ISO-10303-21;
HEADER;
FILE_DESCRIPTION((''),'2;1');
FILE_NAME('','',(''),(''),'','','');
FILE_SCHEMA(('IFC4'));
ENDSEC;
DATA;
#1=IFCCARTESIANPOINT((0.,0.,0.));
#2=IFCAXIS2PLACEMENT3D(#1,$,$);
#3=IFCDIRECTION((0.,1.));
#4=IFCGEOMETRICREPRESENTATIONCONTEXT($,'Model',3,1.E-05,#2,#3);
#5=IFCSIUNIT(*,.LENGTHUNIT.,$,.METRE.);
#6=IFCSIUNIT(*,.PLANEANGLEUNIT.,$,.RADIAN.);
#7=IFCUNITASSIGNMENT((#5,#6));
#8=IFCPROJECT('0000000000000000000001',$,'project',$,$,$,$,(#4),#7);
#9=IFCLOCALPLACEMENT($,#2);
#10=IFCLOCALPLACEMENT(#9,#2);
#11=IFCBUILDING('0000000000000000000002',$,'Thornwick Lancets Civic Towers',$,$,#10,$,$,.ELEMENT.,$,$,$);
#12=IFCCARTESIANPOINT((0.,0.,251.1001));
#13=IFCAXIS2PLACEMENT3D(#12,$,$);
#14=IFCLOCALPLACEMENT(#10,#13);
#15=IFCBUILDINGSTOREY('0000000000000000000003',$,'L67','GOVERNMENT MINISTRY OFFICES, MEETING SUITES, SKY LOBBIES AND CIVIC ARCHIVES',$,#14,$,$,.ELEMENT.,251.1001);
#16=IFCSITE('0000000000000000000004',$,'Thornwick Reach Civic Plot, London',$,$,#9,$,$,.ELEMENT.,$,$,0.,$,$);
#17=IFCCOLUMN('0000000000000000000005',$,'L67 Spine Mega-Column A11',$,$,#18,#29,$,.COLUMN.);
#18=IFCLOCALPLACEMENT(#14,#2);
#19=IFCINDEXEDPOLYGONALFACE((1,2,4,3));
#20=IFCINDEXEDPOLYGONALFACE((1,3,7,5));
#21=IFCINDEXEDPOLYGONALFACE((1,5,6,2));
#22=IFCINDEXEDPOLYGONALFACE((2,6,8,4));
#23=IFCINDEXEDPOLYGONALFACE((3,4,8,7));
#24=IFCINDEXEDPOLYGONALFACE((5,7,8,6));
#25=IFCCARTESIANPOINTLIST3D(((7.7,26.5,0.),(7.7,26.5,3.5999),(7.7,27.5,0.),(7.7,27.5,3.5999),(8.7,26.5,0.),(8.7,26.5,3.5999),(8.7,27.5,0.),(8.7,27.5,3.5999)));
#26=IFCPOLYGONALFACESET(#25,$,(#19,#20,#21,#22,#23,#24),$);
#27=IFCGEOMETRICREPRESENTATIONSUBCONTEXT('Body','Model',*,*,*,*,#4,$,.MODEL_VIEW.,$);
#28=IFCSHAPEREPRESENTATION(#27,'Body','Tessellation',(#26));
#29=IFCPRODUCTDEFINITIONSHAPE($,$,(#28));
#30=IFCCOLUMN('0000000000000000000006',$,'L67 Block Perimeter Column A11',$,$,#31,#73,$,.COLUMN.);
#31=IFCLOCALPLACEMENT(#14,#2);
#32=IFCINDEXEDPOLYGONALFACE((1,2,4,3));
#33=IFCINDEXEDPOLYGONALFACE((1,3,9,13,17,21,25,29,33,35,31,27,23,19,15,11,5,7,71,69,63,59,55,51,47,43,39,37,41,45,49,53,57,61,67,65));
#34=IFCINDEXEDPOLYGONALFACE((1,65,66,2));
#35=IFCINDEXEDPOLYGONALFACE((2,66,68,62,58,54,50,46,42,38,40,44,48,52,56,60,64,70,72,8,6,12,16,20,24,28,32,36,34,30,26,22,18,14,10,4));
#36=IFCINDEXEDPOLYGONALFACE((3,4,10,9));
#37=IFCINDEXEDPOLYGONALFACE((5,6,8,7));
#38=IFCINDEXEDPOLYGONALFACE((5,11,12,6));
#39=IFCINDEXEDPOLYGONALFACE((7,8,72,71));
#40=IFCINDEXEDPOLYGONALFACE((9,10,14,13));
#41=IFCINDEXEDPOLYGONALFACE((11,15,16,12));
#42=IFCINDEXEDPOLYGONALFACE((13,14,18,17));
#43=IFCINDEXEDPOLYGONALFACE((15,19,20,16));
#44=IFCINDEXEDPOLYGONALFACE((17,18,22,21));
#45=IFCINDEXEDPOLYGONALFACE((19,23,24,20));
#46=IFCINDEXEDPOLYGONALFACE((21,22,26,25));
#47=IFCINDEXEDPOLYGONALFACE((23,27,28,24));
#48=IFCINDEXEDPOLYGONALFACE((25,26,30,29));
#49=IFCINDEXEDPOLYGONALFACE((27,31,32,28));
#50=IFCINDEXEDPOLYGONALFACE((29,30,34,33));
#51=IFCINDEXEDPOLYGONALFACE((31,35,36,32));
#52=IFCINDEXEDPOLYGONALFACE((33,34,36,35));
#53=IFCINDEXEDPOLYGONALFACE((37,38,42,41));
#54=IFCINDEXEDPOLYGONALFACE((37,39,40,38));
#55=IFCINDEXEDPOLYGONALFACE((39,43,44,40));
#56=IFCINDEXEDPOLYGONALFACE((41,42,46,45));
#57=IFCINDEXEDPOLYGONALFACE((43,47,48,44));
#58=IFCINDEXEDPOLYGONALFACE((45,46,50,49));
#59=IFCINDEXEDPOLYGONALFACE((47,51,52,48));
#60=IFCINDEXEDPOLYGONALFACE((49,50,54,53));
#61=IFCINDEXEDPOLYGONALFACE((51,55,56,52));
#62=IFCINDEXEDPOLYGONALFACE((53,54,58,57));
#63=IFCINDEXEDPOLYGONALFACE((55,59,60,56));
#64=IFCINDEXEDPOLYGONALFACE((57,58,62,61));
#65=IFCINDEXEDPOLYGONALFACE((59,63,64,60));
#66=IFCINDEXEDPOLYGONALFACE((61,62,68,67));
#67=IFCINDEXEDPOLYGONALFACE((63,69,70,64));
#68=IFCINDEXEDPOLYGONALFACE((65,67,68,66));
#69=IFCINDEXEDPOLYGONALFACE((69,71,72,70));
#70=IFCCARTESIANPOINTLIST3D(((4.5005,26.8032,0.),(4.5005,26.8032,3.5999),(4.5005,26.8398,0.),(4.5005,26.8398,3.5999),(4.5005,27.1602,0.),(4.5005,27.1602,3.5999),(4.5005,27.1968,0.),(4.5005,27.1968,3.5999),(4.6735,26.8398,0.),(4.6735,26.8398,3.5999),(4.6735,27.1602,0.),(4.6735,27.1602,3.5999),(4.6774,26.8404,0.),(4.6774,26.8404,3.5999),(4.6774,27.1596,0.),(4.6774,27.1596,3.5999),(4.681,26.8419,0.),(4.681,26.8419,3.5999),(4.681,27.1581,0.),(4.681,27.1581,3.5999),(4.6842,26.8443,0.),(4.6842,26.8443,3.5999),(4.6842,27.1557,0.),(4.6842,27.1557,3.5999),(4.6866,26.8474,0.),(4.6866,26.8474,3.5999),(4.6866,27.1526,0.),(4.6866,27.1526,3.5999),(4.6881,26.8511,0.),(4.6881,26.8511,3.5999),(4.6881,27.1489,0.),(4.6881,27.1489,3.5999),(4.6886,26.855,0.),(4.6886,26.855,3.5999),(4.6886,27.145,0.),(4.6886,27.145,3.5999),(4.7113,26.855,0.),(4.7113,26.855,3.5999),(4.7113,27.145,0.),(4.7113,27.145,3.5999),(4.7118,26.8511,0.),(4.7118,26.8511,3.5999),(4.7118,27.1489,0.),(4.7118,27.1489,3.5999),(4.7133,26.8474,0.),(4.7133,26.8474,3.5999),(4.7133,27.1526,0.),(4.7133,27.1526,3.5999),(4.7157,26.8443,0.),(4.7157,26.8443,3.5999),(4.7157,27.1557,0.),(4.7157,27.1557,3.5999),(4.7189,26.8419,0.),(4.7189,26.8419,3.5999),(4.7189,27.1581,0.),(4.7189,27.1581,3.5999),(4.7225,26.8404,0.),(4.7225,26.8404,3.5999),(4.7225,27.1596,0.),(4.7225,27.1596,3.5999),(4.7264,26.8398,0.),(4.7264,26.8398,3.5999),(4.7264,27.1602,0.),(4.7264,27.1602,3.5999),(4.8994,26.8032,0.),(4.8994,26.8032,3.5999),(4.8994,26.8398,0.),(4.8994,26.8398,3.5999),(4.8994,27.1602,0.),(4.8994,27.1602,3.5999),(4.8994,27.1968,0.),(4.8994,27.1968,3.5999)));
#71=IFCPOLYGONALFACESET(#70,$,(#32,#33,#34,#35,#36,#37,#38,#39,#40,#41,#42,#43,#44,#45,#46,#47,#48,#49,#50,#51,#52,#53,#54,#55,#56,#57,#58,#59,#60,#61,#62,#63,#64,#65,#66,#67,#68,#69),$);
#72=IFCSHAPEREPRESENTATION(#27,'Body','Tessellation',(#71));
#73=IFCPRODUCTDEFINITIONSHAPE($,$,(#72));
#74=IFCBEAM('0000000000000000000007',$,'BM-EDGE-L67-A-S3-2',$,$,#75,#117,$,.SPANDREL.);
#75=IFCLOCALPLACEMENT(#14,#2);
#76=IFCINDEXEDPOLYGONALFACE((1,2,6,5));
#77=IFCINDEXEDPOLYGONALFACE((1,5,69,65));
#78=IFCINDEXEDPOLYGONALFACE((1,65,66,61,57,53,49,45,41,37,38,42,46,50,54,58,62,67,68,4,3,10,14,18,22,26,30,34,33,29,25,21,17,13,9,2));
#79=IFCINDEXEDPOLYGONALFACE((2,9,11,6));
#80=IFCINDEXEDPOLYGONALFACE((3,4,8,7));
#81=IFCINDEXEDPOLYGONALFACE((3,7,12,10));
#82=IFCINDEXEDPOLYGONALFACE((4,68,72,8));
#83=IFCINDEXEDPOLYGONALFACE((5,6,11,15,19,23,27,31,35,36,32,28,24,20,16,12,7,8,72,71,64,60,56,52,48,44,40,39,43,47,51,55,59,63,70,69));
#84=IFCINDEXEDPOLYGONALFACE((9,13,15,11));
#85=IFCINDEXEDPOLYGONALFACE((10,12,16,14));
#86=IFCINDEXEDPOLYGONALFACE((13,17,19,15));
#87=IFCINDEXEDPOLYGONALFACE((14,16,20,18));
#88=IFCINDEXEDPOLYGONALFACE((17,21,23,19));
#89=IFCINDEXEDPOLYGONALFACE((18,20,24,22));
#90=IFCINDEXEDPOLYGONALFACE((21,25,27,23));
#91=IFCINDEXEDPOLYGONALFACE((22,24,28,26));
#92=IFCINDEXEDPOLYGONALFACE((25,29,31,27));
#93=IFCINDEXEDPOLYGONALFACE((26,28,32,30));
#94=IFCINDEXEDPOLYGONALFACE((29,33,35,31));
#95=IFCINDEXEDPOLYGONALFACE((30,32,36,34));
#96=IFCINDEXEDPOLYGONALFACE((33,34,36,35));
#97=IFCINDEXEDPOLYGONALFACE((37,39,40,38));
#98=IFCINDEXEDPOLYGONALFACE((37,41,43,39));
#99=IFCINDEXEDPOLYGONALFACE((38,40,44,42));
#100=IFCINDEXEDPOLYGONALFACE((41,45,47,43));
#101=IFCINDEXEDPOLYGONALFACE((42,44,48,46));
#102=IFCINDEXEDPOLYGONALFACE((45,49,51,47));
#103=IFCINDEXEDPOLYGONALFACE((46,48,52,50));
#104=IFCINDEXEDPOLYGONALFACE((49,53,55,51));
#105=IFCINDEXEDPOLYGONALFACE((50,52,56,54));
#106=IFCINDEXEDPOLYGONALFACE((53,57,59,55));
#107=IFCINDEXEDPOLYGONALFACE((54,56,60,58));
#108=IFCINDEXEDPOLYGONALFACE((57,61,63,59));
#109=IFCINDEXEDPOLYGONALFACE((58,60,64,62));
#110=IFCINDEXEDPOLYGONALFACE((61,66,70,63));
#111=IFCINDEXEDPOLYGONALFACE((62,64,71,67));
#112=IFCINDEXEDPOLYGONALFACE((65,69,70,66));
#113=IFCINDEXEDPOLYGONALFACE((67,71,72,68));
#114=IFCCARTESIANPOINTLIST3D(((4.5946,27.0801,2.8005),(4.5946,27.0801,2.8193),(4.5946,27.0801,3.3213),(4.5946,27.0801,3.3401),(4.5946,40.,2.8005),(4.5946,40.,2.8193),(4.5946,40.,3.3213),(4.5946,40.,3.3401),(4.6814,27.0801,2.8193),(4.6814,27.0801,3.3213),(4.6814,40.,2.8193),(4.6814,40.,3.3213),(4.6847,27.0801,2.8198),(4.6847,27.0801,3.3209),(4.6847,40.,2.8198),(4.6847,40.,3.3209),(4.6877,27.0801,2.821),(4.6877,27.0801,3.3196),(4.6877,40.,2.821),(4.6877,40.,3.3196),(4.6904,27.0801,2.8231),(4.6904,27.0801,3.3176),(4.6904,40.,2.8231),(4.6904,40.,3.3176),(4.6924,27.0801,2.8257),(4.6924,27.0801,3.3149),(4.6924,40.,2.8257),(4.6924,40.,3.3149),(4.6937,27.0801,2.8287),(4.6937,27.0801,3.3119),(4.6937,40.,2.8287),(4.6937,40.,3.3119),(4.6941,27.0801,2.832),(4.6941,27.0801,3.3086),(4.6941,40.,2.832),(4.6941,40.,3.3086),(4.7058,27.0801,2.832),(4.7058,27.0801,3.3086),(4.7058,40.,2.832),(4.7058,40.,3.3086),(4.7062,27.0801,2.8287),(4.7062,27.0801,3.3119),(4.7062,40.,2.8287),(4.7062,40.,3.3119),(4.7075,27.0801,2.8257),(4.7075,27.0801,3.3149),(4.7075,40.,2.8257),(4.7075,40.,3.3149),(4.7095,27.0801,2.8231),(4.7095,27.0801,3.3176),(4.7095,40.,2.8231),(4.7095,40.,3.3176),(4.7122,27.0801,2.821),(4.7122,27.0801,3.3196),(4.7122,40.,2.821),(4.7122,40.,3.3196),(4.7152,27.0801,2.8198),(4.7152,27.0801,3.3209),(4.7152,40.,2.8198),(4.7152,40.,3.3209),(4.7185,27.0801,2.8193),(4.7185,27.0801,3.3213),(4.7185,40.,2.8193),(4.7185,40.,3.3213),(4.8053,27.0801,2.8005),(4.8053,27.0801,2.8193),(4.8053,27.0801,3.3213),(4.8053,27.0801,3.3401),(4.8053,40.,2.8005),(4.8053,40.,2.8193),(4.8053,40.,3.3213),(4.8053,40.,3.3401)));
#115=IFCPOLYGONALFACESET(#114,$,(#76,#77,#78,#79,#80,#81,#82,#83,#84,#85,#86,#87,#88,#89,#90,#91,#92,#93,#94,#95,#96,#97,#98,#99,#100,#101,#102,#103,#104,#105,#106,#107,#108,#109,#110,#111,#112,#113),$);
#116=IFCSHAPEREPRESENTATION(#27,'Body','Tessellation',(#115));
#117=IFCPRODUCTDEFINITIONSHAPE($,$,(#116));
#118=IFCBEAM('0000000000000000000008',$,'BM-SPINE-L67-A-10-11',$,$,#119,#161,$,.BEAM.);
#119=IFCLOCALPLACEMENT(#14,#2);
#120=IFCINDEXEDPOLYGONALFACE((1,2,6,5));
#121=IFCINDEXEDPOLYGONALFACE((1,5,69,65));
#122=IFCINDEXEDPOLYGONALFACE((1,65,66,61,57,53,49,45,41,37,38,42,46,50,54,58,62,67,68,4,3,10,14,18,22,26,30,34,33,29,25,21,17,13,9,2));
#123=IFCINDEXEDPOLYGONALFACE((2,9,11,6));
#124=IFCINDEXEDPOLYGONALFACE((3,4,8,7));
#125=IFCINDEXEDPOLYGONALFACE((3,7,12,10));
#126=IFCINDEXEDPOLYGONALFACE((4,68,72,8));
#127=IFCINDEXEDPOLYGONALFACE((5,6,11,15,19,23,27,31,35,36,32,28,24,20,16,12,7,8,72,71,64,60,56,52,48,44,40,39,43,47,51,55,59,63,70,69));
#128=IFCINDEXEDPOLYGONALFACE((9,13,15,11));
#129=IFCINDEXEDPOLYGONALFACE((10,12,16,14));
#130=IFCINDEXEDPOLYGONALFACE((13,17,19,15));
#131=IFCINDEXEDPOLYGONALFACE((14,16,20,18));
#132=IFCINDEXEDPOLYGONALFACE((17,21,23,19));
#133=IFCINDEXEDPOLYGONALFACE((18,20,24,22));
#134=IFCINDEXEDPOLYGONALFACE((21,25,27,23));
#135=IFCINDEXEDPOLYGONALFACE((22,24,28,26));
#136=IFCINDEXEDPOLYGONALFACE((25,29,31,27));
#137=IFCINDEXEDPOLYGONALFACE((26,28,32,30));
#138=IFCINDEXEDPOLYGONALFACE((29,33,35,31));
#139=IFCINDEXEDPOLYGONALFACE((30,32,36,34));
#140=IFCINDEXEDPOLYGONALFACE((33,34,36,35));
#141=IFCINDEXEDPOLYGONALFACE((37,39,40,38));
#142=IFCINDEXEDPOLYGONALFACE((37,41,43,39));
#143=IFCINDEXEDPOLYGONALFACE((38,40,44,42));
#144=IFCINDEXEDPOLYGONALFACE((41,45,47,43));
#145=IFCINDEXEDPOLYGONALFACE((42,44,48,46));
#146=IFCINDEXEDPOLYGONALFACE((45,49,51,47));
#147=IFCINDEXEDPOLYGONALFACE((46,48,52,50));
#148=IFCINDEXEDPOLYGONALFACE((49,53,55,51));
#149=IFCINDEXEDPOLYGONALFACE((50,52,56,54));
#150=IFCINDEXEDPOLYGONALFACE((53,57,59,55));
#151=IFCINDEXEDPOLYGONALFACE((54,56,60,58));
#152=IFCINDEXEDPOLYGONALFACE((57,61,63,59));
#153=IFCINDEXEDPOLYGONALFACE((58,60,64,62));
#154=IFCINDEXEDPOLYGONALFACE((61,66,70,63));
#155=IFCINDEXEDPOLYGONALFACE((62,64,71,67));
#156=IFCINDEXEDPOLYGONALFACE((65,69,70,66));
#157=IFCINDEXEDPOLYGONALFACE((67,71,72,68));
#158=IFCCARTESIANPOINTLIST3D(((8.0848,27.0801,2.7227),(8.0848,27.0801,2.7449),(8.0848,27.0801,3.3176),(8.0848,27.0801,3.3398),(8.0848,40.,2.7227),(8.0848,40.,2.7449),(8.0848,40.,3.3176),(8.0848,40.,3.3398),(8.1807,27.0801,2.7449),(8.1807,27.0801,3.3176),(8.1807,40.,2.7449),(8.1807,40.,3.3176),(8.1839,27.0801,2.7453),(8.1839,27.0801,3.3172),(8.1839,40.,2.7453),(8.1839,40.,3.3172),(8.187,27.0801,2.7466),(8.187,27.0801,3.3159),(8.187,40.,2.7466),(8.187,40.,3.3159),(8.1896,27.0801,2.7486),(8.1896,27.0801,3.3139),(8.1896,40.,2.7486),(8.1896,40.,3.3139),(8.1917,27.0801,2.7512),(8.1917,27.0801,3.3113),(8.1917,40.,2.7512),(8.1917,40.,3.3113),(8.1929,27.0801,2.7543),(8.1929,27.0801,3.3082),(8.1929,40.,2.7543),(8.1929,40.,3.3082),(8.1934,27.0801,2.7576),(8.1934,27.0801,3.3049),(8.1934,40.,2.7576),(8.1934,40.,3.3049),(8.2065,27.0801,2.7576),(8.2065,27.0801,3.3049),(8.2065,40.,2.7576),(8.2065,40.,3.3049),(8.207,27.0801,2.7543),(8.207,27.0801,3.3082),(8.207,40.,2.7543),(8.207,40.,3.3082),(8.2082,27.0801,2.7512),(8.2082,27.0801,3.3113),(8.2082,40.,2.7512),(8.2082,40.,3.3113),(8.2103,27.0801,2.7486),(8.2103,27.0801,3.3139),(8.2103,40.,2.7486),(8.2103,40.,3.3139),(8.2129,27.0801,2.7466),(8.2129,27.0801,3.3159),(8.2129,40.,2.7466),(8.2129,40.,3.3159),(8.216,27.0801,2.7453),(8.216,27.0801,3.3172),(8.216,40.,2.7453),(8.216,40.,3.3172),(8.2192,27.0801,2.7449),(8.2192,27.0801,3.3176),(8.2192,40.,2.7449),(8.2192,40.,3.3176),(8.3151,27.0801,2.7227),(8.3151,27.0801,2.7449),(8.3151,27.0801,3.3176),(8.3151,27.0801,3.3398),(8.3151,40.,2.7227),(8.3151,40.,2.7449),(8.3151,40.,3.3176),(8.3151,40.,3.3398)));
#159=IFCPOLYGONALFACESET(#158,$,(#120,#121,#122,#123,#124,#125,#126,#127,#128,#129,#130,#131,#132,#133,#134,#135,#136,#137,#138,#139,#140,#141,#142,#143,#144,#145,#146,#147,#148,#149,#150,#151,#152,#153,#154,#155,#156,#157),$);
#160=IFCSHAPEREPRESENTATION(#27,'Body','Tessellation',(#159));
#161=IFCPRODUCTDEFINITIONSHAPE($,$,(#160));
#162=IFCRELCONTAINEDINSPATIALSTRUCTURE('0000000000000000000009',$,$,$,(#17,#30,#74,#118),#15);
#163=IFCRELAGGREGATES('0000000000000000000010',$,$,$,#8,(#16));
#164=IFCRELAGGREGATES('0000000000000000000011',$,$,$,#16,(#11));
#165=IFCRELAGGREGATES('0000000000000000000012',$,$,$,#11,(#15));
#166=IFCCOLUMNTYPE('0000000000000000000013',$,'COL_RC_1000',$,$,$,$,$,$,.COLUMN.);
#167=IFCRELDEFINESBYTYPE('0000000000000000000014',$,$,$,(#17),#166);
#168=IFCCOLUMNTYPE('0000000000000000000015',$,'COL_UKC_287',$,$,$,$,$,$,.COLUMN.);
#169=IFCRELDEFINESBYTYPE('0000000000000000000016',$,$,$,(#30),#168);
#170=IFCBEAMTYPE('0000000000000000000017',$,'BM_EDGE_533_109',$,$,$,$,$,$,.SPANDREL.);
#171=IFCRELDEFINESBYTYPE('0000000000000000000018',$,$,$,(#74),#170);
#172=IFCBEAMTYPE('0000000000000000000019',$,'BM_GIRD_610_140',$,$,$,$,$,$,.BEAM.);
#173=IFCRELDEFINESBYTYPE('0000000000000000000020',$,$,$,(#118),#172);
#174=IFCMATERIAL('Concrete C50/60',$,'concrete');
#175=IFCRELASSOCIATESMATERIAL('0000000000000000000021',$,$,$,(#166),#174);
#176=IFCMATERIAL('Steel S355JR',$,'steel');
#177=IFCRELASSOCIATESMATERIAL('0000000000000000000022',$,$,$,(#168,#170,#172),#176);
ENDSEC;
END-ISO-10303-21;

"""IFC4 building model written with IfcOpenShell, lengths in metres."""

from ifc_helpers import new_model, si_unit, direction, frame, origin, origin_2d, place, context, subcontext, project, spatial, rectangle, i_section, extrude, material, material_profile, profile_set, type_object, element, save


model = new_model("IFC4")

# Units and contexts
model_context = context("Model", 3, precision=1e-05, world=origin(), true_north=direction((0.0, 1.0)))
body_context = subcontext(model_context, "Body", "Model", "MODEL_VIEW")
ifc_project = project(units=[si_unit("LENGTHUNIT", "METRE"), si_unit("PLANEANGLEUNIT", "RADIAN")], contexts=[model_context])

# Site, building, storey
site_placement = place(None, origin())
site = spatial("IfcSite", under=ifc_project, at=site_placement, Name="Thornwick Reach Civic Plot, London", CompositionType="ELEMENT", RefElevation=0.0)
building_placement = place(site_placement, origin())
building = spatial("IfcBuilding", under=site, at=building_placement, Name="Thornwick Lancets Civic Towers", CompositionType="ELEMENT")
storey_placement = place(building_placement, frame((0.0, 0.0, 251.1001)))
storey = spatial("IfcBuildingStorey", under=building, at=storey_placement, Name="L67", Description="GOVERNMENT MINISTRY OFFICES, MEETING SUITES, SKY LOBBIES AND CIVIC ARCHIVES", CompositionType="ELEMENT", Elevation=251.1001)

# Columns
ifc_material_1 = material(Name="Concrete C50/60", Category="concrete")
ifc_material_profile_1 = material_profile(ifc_material_1, rectangle(XDim=1.0, YDim=1.0, at=origin_2d()), Name="RC 1000x1000")
ifc_profile_set_1 = profile_set([ifc_material_profile_1], Name="Concrete C50/60")
column_type_1 = type_object("IfcColumnType", Name="COL_RC_1000", PredefinedType="COLUMN", material=ifc_profile_set_1)
column_1_placement = place(storey_placement, frame((8.2, 27.0, 0.0), z_axis=(0.0, 0.0, 1.0), x_axis=(1.0, 0.0, 0.0)))
element("IfcColumn", 1, at=column_1_placement, inside=storey, type_object=column_type_1, Name="L67 Spine Mega-Column A11", PredefinedType="COLUMN", context=body_context, shape_type="SweptSolid", body=[
    extrude(rectangle(XDim=1.0, YDim=1.0, at=origin_2d()), origin(), (0.0, 0.0, 1.0), 3.5999),
])
ifc_material_2 = material(Name="Steel S355JR", Category="steel")
ifc_material_profile_2 = material_profile(ifc_material_2, i_section(OverallWidth=0.3989, OverallDepth=0.3936, WebThickness=0.0227, FlangeThickness=0.0366, FilletRadius=0.0151, at=origin_2d()), Name="UKC 356x406x287")
ifc_profile_set_2 = profile_set([ifc_material_profile_2], Name="Steel S355JR")
column_type_2 = type_object("IfcColumnType", Name="COL_UKC_287", PredefinedType="COLUMN", material=ifc_profile_set_2)
column_2_placement = place(storey_placement, frame((4.7, 27.0, 0.0), z_axis=(0.0, 0.0, 1.0), x_axis=(1.0, 0.0, 0.0)))
element("IfcColumn", 2, at=column_2_placement, inside=storey, type_object=column_type_2, Name="L67 Block Perimeter Column A11", PredefinedType="COLUMN", context=body_context, shape_type="SweptSolid", body=[
    extrude(i_section(OverallWidth=0.3989, OverallDepth=0.3936, WebThickness=0.0227, FlangeThickness=0.0366, FilletRadius=0.0151, at=origin_2d()), origin(), (0.0, 0.0, 1.0), 3.5999),
])

# Beams
ifc_material_profile_3 = material_profile(ifc_material_2, i_section(OverallWidth=0.2107, OverallDepth=0.5396, WebThickness=0.0117, FlangeThickness=0.0188, FilletRadius=0.0127, at=origin_2d()), Name="UKB 533x210x109")
ifc_profile_set_3 = profile_set([ifc_material_profile_3], Name="Steel S355JR")
beam_type_1 = type_object("IfcBeamType", Name="BM_EDGE_533_109", PredefinedType="SPANDREL", material=ifc_profile_set_3)
beam_1_placement = place(storey_placement, frame((4.7, 27.0801, 3.0703), z_axis=(0.0, 1.0, 0.0), x_axis=(-1.0, 0.0, 0.0)))
element("IfcBeam", 3, at=beam_1_placement, inside=storey, type_object=beam_type_1, Name="BM-EDGE-L67-A-S3-2", PredefinedType="SPANDREL", context=body_context, shape_type="SweptSolid", body=[
    extrude(i_section(OverallWidth=0.2107, OverallDepth=0.5396, WebThickness=0.0117, FlangeThickness=0.0188, FilletRadius=0.0127, at=origin_2d()), origin(), (0.0, 0.0, 1.0), 12.9199),
])
ifc_material_profile_4 = material_profile(ifc_material_2, i_section(OverallWidth=0.2302, OverallDepth=0.6172, WebThickness=0.0132, FlangeThickness=0.0222, FilletRadius=0.0127, at=origin_2d()), Name="UKB 610x229x140")
ifc_profile_set_4 = profile_set([ifc_material_profile_4], Name="Steel S355JR")
beam_type_2 = type_object("IfcBeamType", Name="BM_GIRD_610_140", PredefinedType="BEAM", material=ifc_profile_set_4)
beam_2_placement = place(storey_placement, frame((8.2, 27.0801, 3.0312), z_axis=(0.0, 1.0, 0.0), x_axis=(-1.0, 0.0, 0.0)))
element("IfcBeam", 4, at=beam_2_placement, inside=storey, type_object=beam_type_2, Name="BM-SPINE-L67-A-10-11", PredefinedType="BEAM", context=body_context, shape_type="SweptSolid", body=[
    extrude(i_section(OverallWidth=0.2302, OverallDepth=0.6172, WebThickness=0.0132, FlangeThickness=0.0222, FilletRadius=0.0127, at=origin_2d()), origin(), (0.0, 0.0, 1.0), 12.9199),
])

save(model, "model.ifc")
